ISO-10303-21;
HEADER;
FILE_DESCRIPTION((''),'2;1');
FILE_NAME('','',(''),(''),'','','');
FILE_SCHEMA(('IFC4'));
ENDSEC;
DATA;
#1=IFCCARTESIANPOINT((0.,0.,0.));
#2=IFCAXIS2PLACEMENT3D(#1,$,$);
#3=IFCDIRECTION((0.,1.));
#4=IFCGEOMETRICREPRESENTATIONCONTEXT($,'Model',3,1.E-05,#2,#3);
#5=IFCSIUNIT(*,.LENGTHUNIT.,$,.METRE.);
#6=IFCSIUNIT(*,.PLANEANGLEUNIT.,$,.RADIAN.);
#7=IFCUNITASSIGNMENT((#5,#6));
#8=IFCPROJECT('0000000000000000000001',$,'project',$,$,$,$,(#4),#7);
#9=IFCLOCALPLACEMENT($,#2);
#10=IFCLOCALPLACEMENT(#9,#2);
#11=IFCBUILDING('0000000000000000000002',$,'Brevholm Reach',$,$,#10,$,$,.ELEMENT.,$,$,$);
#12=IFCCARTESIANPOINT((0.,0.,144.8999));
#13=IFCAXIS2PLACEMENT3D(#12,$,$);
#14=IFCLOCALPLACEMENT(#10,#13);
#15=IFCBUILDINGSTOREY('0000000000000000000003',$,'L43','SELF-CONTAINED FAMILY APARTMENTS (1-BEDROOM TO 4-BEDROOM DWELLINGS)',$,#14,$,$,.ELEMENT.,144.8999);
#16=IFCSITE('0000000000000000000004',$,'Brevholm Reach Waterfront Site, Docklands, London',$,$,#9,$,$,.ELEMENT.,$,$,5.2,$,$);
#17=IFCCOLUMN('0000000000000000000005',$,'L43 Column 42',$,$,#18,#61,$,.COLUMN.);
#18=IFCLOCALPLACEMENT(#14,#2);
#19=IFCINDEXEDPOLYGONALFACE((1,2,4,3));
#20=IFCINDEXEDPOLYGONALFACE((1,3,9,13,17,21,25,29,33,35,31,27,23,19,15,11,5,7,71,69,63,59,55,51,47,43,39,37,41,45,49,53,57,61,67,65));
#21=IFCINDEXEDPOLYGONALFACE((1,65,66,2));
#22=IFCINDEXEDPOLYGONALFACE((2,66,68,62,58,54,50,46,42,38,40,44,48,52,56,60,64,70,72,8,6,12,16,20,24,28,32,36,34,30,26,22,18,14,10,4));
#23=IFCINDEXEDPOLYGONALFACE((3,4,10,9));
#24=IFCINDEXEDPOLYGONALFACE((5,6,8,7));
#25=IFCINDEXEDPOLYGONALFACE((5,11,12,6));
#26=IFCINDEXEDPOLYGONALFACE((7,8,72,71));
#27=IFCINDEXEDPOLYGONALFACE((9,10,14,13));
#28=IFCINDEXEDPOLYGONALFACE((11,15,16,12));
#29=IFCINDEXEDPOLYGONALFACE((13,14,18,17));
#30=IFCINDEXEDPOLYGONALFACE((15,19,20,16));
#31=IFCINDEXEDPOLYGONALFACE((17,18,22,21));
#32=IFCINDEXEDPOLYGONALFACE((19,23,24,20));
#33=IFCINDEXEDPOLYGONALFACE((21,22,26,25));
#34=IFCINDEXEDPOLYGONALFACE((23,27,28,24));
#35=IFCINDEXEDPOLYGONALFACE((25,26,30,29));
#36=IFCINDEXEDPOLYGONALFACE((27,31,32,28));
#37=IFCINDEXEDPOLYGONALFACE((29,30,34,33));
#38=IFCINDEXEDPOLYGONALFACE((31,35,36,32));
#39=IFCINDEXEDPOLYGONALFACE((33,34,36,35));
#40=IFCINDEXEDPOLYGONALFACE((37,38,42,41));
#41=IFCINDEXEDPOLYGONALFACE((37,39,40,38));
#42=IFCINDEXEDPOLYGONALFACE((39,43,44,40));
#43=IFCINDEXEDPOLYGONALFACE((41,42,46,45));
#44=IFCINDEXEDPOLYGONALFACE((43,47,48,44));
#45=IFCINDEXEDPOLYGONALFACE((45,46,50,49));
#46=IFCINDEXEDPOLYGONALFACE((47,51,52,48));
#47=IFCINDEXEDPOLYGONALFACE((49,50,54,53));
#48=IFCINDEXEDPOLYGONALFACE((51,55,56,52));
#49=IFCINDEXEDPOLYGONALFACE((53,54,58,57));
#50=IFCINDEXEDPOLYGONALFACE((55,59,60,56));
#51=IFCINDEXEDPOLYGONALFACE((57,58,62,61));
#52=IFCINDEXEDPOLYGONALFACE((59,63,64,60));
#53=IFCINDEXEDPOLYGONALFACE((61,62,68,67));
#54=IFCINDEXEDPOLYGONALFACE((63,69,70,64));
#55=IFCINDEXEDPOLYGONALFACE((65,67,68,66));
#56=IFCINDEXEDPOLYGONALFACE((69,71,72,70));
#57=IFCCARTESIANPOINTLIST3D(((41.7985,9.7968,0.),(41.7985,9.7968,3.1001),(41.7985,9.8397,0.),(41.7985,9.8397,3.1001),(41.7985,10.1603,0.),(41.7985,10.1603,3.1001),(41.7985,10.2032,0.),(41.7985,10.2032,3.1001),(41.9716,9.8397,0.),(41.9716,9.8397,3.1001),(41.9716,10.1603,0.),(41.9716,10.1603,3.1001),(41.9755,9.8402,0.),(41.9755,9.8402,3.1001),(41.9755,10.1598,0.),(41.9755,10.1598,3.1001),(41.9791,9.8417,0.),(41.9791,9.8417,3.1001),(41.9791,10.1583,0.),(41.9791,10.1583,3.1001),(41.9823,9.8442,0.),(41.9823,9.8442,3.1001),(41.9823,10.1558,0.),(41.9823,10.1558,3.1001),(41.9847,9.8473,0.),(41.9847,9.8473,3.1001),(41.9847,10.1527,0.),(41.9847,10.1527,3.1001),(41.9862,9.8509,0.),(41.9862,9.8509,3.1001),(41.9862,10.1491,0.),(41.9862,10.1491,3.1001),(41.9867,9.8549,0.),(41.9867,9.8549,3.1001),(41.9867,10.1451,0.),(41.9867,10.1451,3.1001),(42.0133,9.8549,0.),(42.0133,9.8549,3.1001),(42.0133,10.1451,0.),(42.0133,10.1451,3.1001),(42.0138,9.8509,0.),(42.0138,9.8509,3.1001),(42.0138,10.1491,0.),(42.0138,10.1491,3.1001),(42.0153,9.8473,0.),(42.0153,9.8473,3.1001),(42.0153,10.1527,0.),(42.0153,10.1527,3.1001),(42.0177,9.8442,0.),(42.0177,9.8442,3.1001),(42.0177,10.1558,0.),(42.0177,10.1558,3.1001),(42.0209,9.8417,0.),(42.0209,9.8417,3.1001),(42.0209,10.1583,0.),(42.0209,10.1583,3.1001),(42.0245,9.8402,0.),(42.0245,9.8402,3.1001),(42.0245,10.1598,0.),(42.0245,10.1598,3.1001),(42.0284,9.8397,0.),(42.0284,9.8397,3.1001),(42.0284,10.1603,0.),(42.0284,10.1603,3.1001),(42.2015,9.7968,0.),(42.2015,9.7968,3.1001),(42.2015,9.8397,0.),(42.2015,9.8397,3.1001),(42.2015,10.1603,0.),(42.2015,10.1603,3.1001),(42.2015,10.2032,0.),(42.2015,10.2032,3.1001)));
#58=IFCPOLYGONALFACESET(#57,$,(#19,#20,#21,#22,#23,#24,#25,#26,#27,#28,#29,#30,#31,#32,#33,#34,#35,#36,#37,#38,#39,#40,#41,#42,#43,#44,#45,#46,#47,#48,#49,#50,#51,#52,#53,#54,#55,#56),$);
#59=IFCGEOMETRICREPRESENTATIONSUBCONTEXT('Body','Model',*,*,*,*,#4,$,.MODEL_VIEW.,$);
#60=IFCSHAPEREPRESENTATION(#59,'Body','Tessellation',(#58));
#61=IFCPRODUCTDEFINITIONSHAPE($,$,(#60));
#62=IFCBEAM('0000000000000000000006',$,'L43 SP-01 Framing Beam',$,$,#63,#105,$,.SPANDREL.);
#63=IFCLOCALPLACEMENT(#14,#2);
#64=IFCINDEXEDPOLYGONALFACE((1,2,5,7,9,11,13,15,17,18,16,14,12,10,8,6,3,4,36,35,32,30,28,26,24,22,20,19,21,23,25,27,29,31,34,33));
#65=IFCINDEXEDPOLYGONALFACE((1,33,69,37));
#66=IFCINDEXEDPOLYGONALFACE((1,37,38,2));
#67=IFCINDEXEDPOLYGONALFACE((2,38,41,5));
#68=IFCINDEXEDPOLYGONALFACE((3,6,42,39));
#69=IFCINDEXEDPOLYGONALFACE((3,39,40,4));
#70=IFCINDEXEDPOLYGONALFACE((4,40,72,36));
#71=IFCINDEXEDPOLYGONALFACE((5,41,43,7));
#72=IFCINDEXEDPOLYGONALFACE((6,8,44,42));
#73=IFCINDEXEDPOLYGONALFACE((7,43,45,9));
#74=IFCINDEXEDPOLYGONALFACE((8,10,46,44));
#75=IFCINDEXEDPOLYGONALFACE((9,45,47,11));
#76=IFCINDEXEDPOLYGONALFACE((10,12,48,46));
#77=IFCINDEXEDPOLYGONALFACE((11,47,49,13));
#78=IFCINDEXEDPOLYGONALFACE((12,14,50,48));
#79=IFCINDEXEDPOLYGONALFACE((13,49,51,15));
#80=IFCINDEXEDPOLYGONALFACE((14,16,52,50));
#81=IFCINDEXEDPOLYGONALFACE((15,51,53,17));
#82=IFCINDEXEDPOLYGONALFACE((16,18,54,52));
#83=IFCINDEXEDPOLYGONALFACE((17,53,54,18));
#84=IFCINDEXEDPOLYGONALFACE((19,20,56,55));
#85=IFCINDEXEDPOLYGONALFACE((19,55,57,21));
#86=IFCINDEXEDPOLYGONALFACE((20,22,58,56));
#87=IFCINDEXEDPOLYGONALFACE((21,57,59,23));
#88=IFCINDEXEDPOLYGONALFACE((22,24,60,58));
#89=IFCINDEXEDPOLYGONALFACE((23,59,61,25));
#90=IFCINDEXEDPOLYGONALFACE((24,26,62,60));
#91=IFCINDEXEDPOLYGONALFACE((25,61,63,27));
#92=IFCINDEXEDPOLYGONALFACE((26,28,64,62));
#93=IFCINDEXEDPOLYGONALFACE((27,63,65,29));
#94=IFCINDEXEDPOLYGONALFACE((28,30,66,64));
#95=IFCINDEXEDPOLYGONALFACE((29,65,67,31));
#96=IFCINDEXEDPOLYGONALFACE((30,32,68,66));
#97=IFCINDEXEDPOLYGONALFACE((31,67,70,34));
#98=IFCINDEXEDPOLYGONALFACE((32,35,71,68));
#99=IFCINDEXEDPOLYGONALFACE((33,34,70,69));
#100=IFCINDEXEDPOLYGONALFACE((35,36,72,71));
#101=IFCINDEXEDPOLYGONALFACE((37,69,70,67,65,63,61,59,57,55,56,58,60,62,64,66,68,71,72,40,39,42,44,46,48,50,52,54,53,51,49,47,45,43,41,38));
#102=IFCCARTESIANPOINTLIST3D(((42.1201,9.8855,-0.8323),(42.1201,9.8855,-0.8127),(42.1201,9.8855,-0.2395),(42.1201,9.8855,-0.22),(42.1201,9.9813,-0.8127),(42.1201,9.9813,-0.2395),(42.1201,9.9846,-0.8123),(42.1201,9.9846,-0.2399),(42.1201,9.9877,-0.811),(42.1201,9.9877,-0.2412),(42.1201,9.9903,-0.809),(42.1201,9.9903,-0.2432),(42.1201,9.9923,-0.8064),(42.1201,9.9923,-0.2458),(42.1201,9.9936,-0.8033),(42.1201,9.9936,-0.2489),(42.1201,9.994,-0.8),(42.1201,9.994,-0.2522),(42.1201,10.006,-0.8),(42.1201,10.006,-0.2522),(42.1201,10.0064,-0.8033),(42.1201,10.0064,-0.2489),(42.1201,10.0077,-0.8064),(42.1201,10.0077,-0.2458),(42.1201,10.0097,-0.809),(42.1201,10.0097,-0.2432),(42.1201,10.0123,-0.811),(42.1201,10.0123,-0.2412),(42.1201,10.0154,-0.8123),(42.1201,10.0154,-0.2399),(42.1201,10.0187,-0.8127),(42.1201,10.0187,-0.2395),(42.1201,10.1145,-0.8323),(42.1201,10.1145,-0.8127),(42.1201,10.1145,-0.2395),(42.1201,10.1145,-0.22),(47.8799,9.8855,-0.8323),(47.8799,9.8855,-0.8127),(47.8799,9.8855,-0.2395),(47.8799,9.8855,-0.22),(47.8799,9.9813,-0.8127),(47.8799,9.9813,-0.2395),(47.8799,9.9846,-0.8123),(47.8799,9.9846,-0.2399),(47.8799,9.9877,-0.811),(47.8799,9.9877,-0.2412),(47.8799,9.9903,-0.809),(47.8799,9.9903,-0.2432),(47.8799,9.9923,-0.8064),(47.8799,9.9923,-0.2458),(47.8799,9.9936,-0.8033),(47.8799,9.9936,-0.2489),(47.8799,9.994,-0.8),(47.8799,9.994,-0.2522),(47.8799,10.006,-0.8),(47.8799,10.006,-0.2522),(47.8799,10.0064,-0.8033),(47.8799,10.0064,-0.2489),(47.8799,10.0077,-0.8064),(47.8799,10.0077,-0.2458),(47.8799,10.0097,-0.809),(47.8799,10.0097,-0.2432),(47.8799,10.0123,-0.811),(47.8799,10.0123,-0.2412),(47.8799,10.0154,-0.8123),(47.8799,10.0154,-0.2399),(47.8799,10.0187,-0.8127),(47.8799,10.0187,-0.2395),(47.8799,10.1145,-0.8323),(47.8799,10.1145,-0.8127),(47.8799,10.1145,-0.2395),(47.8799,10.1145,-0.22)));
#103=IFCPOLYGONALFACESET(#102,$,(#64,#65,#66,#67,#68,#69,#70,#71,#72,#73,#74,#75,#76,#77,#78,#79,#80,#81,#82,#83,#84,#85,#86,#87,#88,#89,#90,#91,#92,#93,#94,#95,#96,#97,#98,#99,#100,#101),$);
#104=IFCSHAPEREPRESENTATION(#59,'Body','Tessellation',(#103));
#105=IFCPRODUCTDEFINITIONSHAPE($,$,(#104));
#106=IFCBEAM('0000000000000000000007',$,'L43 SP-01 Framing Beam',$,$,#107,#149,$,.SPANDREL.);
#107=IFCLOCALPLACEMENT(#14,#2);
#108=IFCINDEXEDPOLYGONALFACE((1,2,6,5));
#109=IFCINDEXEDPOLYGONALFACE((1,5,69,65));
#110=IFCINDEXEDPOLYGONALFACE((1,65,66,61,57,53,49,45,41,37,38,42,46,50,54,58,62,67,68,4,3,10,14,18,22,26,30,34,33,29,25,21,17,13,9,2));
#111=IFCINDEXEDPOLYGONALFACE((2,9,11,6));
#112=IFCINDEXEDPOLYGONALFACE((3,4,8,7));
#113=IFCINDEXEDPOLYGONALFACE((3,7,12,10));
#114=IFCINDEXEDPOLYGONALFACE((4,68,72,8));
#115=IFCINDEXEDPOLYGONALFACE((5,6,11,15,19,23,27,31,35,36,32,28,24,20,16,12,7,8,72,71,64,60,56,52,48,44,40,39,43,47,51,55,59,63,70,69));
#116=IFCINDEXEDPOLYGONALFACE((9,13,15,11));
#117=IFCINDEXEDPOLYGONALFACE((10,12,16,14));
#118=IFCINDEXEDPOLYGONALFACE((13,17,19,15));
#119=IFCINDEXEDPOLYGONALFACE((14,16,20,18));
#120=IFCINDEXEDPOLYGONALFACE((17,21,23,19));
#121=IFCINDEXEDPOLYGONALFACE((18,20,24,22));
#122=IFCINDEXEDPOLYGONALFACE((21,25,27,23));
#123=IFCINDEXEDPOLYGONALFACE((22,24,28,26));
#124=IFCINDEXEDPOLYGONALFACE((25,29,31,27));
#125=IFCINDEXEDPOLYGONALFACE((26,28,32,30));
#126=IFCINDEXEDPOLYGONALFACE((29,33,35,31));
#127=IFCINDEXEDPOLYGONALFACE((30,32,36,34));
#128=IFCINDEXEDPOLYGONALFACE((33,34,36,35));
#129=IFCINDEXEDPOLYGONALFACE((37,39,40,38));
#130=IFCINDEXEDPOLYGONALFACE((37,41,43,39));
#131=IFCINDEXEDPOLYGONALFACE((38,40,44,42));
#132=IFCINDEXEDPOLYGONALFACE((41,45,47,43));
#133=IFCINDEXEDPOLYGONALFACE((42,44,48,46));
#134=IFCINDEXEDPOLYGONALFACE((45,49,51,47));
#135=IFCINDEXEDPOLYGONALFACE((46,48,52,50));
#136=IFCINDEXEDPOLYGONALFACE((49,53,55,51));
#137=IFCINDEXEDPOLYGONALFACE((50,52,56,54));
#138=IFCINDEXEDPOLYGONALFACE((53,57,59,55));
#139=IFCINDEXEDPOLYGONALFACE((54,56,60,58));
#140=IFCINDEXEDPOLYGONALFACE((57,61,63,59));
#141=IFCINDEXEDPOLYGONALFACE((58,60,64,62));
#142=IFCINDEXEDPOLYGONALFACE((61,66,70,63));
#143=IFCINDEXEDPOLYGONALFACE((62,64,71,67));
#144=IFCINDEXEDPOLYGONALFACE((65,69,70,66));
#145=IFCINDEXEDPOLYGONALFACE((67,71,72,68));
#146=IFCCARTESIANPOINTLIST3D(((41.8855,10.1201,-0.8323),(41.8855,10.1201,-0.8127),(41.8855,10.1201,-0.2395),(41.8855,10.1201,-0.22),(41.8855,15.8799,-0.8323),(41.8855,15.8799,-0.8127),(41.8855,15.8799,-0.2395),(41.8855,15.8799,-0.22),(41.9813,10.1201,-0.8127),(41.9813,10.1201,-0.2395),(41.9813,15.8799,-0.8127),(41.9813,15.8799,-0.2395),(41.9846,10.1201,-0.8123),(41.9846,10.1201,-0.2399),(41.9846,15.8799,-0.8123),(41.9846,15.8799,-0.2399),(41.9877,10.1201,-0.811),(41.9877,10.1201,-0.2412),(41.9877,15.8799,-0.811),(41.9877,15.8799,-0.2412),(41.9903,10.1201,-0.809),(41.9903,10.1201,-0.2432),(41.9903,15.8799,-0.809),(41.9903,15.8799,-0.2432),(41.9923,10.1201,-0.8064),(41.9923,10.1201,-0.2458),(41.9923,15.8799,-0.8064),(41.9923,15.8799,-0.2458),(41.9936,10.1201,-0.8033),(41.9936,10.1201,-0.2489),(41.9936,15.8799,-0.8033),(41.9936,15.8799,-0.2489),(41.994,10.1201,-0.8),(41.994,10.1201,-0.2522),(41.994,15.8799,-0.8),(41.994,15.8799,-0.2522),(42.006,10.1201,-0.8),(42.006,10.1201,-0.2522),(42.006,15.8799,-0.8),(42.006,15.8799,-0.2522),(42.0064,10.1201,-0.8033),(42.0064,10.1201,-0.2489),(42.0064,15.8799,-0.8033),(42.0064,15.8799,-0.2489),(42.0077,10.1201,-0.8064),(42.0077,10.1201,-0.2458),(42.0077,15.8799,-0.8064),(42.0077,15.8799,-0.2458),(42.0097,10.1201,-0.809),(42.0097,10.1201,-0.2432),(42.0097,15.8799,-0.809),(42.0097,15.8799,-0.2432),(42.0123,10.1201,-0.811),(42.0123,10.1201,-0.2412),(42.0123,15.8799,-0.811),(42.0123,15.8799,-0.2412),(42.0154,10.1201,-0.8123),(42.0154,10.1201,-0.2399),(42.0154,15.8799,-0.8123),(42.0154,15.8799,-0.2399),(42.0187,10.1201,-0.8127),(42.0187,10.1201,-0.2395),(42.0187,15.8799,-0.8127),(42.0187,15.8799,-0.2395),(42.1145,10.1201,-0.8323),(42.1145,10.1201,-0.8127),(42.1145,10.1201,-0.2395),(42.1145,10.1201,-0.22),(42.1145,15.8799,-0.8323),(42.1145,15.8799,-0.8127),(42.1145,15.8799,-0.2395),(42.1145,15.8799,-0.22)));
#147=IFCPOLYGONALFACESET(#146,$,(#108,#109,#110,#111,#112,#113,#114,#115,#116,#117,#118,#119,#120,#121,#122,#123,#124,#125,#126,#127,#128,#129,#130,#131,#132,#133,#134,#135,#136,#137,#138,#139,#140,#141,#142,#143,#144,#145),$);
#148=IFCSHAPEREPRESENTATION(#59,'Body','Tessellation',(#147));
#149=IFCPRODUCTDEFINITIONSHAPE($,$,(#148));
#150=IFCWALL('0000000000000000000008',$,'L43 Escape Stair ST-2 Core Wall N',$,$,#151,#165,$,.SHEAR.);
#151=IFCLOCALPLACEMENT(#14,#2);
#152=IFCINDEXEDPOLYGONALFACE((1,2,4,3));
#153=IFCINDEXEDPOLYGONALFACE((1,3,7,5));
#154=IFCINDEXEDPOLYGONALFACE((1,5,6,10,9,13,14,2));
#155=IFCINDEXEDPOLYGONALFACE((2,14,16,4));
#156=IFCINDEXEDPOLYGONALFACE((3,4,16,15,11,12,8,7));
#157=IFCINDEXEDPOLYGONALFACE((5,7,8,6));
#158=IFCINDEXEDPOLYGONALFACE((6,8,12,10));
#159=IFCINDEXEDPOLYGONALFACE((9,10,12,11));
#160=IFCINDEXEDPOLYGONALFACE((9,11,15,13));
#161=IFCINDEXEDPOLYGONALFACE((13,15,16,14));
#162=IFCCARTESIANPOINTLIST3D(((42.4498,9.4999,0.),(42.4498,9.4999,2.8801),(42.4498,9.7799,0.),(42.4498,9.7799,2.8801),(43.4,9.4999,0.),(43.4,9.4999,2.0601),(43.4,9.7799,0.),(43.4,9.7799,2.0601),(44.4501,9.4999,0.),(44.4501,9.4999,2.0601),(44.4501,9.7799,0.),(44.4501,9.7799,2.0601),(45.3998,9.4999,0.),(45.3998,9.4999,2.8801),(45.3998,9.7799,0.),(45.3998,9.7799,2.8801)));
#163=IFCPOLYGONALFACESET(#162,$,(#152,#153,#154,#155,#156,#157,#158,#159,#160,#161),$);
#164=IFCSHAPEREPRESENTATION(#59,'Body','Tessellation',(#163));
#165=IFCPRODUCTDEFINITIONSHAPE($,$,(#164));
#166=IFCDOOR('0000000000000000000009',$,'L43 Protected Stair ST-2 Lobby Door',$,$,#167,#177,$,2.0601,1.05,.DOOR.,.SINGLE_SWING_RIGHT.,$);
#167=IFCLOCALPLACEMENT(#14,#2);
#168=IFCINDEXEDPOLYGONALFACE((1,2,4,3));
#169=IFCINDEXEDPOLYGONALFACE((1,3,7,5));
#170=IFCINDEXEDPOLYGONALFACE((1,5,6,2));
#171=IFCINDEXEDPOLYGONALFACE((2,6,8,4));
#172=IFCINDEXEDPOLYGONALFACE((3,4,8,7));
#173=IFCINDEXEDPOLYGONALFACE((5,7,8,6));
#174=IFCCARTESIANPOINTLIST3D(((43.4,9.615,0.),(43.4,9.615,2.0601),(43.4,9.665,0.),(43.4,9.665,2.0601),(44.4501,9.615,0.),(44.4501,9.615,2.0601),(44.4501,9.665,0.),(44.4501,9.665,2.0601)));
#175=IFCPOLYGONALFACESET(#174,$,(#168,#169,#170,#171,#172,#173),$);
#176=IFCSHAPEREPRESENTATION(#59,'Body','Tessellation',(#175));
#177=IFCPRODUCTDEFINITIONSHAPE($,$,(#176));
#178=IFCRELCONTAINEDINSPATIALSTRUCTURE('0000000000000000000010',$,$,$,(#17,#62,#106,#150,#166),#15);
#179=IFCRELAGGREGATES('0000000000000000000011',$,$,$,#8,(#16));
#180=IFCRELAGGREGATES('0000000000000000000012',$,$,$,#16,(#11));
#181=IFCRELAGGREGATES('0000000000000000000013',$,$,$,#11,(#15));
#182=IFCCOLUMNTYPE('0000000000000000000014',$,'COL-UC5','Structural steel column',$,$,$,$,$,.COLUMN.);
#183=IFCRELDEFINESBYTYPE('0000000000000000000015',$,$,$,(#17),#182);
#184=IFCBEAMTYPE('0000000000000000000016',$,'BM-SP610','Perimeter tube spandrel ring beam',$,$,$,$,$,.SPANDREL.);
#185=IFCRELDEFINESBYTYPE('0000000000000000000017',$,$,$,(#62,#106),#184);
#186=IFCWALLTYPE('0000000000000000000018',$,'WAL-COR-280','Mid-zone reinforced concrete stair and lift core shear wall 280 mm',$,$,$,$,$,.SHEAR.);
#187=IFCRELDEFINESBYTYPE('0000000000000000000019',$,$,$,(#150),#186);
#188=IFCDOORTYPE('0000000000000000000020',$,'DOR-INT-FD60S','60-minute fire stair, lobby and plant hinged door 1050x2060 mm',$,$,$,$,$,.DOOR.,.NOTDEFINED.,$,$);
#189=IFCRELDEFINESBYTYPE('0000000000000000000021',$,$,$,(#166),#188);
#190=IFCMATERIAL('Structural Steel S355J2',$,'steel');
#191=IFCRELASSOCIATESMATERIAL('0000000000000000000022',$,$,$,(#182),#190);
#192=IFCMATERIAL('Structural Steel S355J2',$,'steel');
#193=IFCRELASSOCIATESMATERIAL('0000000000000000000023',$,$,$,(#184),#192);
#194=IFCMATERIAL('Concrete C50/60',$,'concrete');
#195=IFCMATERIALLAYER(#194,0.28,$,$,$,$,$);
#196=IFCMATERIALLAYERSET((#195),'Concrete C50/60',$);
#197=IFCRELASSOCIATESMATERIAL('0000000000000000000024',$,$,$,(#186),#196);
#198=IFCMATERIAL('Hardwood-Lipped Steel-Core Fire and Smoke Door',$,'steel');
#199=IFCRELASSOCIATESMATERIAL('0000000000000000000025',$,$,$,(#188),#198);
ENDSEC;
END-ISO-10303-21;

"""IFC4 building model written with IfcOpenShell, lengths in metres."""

from ifc_helpers import new_model, si_unit, direction, frame, frame_2d, origin, origin_2d, place, context, subcontext, project, spatial, rectangle, i_section, extrude, material, layer, layer_set, material_profile, profile_set, type_object, element, fill, save


model = new_model("IFC4")

# Units and contexts
model_context = context("Model", 3, precision=1e-05, world=origin(), true_north=direction((0.0, 1.0)))
body_context = subcontext(model_context, "Body", "Model", "MODEL_VIEW")
ifc_project = project(units=[si_unit("LENGTHUNIT", "METRE"), si_unit("PLANEANGLEUNIT", "RADIAN")], contexts=[model_context])

# Site, building, storey
site_placement = place(None, origin())
site = spatial("IfcSite", under=ifc_project, at=site_placement, Name="Brevholm Reach Waterfront Site, Docklands, London", CompositionType="ELEMENT", RefElevation=5.2)
building_placement = place(site_placement, origin())
building = spatial("IfcBuilding", under=site, at=building_placement, Name="Brevholm Reach", CompositionType="ELEMENT")
storey_placement = place(building_placement, frame((0.0, 0.0, 144.8999)))
storey = spatial("IfcBuildingStorey", under=building, at=storey_placement, Name="L43", Description="SELF-CONTAINED FAMILY APARTMENTS (1-BEDROOM TO 4-BEDROOM DWELLINGS)", CompositionType="ELEMENT", Elevation=144.8999)

# Column
ifc_material_1 = material(Name="Structural Steel S355J2", Category="steel")
ifc_material_profile_1 = material_profile(ifc_material_1, i_section(OverallWidth=0.4031, OverallDepth=0.4065, WebThickness=0.0266, FlangeThickness=0.043, FilletRadius=0.0151, at=origin_2d()), Name="UKC 356x406x340")
ifc_profile_set_1 = profile_set([ifc_material_profile_1], Name="Structural Steel S355J2")
column_type = type_object("IfcColumnType", Name="COL-UC5", Description="Structural steel column", PredefinedType="COLUMN", material=ifc_profile_set_1)
column_placement = place(storey_placement, frame((42.0, 10.0, 0.0), z_axis=(0.0, 0.0, 1.0), x_axis=(1.0, 0.0, 0.0)))
element("IfcColumn", 1, at=column_placement, inside=storey, type_object=column_type, Name="L43 Column 42", PredefinedType="COLUMN", context=body_context, shape_type="SweptSolid", body=[
    extrude(i_section(OverallWidth=0.4031, OverallDepth=0.4065, WebThickness=0.0266, FlangeThickness=0.043, FilletRadius=0.0151, at=origin_2d()), origin(), (0.0, 0.0, 1.0), 3.1001),
])

# Beams
ifc_material_2 = material(Name="Structural Steel S355J2", Category="steel")
ifc_material_profile_2 = material_profile(ifc_material_2, i_section(OverallWidth=0.229, OverallDepth=0.6123, WebThickness=0.012, FlangeThickness=0.0195, FilletRadius=0.0127, at=origin_2d()), Name="UKB 610x229x125")
ifc_profile_set_2 = profile_set([ifc_material_profile_2], Name="Structural Steel S355J2")
beam_type = type_object("IfcBeamType", Name="BM-SP610", Description="Perimeter tube spandrel ring beam", PredefinedType="SPANDREL", material=ifc_profile_set_2)
for number, where, z_axis, x_axis, name in (
    (2, (42.1201, 10.0, -0.5261), (1.0, 0.0, 0.0), (0.0, 1.0, 0.0), "L43 SP-01 Framing Beam"),
    (3, (42.0, 10.1201, -0.5261), (0.0, 1.0, 0.0), (-1.0, 0.0, 0.0), "L43 SP-01 Framing Beam"),
):
    element("IfcBeam", number, at=place(storey_placement, frame(where, z_axis=z_axis, x_axis=x_axis)), inside=storey, type_object=beam_type, Name=name, PredefinedType="SPANDREL", context=body_context, shape_type="SweptSolid", body=[
        extrude(i_section(OverallWidth=0.229, OverallDepth=0.6123, WebThickness=0.012, FlangeThickness=0.0195, FilletRadius=0.0127, at=origin_2d()), origin(), (0.0, 0.0, 1.0), 5.7598),
    ])

# Wall, opening, door
ifc_material_3 = material(Name="Concrete C50/60", Category="concrete")
ifc_layer_1 = layer(ifc_material_3, 0.28)
ifc_layer_set_1 = layer_set([ifc_layer_1], Name="Concrete C50/60")
wall_type_1 = type_object("IfcWallType", Name="WAL-COR-280", Description="Mid-zone reinforced concrete stair and lift core shear wall 280 mm", PredefinedType="SHEAR", material=ifc_layer_set_1)
wall_1_placement = place(storey_placement, frame((45.3999, 9.6399, 0.0), z_axis=(0.0, 0.0, 1.0), x_axis=(-1.0, 0.0, 0.0)))
wall_1 = element("IfcWall", 4, at=wall_1_placement, inside=storey, type_object=wall_type_1, Name="L43 Escape Stair ST-2 Core Wall N", PredefinedType="SHEAR", context=body_context, shape_type="SweptSolid", body=[
    extrude(rectangle(XDim=2.95, YDim=0.28, at=frame_2d((1.4751, 0.0))), origin(), (0.0, 0.0, 1.0), 2.8801),
])
opening_1_placement = place(wall_1_placement, frame((0.95, 0.0, 0.0)))
opening_1 = element("IfcOpeningElement", 5, at=opening_1_placement, cuts=wall_1, PredefinedType="OPENING", context=body_context, shape_type="SweptSolid", body=[
    extrude(rectangle(XDim=1.05, YDim=2.0601, at=frame_2d((0.5249, 1.03))), frame((0.0, 0.1499, 0.0), z_axis=(0.0, -1.0, 0.0), x_axis=(1.0, 0.0, 0.0)), (0.0, 0.0, 1.0), 0.3),
])
ifc_material_4 = material(Name="Hardwood-Lipped Steel-Core Fire and Smoke Door", Category="steel")
door_type_1 = type_object("IfcDoorType", Name="DOR-INT-FD60S", Description="60-minute fire stair, lobby and plant hinged door 1050x2060 mm", OperationType="NOTDEFINED", PredefinedType="DOOR", material=ifc_material_4)
door_1_placement = place(opening_1_placement, origin())
door_1 = element("IfcDoor", 6, at=door_1_placement, inside=storey, type_object=door_type_1, Name="L43 Protected Stair ST-2 Lobby Door", OperationType="SINGLE_SWING_RIGHT", OverallHeight=2.0601, OverallWidth=1.05, PredefinedType="DOOR", context=body_context, shape_type="SweptSolid", body=[
    extrude(rectangle(XDim=1.05, YDim=2.0601, at=frame_2d((0.5249, 1.03))), frame((0.0, 0.0249, 0.0), z_axis=(0.0, -1.0, 0.0), x_axis=(1.0, 0.0, 0.0)), (0.0, 0.0, 1.0), 0.05),
])
fill(opening_1, door_1)

save(model, "model.ifc")
